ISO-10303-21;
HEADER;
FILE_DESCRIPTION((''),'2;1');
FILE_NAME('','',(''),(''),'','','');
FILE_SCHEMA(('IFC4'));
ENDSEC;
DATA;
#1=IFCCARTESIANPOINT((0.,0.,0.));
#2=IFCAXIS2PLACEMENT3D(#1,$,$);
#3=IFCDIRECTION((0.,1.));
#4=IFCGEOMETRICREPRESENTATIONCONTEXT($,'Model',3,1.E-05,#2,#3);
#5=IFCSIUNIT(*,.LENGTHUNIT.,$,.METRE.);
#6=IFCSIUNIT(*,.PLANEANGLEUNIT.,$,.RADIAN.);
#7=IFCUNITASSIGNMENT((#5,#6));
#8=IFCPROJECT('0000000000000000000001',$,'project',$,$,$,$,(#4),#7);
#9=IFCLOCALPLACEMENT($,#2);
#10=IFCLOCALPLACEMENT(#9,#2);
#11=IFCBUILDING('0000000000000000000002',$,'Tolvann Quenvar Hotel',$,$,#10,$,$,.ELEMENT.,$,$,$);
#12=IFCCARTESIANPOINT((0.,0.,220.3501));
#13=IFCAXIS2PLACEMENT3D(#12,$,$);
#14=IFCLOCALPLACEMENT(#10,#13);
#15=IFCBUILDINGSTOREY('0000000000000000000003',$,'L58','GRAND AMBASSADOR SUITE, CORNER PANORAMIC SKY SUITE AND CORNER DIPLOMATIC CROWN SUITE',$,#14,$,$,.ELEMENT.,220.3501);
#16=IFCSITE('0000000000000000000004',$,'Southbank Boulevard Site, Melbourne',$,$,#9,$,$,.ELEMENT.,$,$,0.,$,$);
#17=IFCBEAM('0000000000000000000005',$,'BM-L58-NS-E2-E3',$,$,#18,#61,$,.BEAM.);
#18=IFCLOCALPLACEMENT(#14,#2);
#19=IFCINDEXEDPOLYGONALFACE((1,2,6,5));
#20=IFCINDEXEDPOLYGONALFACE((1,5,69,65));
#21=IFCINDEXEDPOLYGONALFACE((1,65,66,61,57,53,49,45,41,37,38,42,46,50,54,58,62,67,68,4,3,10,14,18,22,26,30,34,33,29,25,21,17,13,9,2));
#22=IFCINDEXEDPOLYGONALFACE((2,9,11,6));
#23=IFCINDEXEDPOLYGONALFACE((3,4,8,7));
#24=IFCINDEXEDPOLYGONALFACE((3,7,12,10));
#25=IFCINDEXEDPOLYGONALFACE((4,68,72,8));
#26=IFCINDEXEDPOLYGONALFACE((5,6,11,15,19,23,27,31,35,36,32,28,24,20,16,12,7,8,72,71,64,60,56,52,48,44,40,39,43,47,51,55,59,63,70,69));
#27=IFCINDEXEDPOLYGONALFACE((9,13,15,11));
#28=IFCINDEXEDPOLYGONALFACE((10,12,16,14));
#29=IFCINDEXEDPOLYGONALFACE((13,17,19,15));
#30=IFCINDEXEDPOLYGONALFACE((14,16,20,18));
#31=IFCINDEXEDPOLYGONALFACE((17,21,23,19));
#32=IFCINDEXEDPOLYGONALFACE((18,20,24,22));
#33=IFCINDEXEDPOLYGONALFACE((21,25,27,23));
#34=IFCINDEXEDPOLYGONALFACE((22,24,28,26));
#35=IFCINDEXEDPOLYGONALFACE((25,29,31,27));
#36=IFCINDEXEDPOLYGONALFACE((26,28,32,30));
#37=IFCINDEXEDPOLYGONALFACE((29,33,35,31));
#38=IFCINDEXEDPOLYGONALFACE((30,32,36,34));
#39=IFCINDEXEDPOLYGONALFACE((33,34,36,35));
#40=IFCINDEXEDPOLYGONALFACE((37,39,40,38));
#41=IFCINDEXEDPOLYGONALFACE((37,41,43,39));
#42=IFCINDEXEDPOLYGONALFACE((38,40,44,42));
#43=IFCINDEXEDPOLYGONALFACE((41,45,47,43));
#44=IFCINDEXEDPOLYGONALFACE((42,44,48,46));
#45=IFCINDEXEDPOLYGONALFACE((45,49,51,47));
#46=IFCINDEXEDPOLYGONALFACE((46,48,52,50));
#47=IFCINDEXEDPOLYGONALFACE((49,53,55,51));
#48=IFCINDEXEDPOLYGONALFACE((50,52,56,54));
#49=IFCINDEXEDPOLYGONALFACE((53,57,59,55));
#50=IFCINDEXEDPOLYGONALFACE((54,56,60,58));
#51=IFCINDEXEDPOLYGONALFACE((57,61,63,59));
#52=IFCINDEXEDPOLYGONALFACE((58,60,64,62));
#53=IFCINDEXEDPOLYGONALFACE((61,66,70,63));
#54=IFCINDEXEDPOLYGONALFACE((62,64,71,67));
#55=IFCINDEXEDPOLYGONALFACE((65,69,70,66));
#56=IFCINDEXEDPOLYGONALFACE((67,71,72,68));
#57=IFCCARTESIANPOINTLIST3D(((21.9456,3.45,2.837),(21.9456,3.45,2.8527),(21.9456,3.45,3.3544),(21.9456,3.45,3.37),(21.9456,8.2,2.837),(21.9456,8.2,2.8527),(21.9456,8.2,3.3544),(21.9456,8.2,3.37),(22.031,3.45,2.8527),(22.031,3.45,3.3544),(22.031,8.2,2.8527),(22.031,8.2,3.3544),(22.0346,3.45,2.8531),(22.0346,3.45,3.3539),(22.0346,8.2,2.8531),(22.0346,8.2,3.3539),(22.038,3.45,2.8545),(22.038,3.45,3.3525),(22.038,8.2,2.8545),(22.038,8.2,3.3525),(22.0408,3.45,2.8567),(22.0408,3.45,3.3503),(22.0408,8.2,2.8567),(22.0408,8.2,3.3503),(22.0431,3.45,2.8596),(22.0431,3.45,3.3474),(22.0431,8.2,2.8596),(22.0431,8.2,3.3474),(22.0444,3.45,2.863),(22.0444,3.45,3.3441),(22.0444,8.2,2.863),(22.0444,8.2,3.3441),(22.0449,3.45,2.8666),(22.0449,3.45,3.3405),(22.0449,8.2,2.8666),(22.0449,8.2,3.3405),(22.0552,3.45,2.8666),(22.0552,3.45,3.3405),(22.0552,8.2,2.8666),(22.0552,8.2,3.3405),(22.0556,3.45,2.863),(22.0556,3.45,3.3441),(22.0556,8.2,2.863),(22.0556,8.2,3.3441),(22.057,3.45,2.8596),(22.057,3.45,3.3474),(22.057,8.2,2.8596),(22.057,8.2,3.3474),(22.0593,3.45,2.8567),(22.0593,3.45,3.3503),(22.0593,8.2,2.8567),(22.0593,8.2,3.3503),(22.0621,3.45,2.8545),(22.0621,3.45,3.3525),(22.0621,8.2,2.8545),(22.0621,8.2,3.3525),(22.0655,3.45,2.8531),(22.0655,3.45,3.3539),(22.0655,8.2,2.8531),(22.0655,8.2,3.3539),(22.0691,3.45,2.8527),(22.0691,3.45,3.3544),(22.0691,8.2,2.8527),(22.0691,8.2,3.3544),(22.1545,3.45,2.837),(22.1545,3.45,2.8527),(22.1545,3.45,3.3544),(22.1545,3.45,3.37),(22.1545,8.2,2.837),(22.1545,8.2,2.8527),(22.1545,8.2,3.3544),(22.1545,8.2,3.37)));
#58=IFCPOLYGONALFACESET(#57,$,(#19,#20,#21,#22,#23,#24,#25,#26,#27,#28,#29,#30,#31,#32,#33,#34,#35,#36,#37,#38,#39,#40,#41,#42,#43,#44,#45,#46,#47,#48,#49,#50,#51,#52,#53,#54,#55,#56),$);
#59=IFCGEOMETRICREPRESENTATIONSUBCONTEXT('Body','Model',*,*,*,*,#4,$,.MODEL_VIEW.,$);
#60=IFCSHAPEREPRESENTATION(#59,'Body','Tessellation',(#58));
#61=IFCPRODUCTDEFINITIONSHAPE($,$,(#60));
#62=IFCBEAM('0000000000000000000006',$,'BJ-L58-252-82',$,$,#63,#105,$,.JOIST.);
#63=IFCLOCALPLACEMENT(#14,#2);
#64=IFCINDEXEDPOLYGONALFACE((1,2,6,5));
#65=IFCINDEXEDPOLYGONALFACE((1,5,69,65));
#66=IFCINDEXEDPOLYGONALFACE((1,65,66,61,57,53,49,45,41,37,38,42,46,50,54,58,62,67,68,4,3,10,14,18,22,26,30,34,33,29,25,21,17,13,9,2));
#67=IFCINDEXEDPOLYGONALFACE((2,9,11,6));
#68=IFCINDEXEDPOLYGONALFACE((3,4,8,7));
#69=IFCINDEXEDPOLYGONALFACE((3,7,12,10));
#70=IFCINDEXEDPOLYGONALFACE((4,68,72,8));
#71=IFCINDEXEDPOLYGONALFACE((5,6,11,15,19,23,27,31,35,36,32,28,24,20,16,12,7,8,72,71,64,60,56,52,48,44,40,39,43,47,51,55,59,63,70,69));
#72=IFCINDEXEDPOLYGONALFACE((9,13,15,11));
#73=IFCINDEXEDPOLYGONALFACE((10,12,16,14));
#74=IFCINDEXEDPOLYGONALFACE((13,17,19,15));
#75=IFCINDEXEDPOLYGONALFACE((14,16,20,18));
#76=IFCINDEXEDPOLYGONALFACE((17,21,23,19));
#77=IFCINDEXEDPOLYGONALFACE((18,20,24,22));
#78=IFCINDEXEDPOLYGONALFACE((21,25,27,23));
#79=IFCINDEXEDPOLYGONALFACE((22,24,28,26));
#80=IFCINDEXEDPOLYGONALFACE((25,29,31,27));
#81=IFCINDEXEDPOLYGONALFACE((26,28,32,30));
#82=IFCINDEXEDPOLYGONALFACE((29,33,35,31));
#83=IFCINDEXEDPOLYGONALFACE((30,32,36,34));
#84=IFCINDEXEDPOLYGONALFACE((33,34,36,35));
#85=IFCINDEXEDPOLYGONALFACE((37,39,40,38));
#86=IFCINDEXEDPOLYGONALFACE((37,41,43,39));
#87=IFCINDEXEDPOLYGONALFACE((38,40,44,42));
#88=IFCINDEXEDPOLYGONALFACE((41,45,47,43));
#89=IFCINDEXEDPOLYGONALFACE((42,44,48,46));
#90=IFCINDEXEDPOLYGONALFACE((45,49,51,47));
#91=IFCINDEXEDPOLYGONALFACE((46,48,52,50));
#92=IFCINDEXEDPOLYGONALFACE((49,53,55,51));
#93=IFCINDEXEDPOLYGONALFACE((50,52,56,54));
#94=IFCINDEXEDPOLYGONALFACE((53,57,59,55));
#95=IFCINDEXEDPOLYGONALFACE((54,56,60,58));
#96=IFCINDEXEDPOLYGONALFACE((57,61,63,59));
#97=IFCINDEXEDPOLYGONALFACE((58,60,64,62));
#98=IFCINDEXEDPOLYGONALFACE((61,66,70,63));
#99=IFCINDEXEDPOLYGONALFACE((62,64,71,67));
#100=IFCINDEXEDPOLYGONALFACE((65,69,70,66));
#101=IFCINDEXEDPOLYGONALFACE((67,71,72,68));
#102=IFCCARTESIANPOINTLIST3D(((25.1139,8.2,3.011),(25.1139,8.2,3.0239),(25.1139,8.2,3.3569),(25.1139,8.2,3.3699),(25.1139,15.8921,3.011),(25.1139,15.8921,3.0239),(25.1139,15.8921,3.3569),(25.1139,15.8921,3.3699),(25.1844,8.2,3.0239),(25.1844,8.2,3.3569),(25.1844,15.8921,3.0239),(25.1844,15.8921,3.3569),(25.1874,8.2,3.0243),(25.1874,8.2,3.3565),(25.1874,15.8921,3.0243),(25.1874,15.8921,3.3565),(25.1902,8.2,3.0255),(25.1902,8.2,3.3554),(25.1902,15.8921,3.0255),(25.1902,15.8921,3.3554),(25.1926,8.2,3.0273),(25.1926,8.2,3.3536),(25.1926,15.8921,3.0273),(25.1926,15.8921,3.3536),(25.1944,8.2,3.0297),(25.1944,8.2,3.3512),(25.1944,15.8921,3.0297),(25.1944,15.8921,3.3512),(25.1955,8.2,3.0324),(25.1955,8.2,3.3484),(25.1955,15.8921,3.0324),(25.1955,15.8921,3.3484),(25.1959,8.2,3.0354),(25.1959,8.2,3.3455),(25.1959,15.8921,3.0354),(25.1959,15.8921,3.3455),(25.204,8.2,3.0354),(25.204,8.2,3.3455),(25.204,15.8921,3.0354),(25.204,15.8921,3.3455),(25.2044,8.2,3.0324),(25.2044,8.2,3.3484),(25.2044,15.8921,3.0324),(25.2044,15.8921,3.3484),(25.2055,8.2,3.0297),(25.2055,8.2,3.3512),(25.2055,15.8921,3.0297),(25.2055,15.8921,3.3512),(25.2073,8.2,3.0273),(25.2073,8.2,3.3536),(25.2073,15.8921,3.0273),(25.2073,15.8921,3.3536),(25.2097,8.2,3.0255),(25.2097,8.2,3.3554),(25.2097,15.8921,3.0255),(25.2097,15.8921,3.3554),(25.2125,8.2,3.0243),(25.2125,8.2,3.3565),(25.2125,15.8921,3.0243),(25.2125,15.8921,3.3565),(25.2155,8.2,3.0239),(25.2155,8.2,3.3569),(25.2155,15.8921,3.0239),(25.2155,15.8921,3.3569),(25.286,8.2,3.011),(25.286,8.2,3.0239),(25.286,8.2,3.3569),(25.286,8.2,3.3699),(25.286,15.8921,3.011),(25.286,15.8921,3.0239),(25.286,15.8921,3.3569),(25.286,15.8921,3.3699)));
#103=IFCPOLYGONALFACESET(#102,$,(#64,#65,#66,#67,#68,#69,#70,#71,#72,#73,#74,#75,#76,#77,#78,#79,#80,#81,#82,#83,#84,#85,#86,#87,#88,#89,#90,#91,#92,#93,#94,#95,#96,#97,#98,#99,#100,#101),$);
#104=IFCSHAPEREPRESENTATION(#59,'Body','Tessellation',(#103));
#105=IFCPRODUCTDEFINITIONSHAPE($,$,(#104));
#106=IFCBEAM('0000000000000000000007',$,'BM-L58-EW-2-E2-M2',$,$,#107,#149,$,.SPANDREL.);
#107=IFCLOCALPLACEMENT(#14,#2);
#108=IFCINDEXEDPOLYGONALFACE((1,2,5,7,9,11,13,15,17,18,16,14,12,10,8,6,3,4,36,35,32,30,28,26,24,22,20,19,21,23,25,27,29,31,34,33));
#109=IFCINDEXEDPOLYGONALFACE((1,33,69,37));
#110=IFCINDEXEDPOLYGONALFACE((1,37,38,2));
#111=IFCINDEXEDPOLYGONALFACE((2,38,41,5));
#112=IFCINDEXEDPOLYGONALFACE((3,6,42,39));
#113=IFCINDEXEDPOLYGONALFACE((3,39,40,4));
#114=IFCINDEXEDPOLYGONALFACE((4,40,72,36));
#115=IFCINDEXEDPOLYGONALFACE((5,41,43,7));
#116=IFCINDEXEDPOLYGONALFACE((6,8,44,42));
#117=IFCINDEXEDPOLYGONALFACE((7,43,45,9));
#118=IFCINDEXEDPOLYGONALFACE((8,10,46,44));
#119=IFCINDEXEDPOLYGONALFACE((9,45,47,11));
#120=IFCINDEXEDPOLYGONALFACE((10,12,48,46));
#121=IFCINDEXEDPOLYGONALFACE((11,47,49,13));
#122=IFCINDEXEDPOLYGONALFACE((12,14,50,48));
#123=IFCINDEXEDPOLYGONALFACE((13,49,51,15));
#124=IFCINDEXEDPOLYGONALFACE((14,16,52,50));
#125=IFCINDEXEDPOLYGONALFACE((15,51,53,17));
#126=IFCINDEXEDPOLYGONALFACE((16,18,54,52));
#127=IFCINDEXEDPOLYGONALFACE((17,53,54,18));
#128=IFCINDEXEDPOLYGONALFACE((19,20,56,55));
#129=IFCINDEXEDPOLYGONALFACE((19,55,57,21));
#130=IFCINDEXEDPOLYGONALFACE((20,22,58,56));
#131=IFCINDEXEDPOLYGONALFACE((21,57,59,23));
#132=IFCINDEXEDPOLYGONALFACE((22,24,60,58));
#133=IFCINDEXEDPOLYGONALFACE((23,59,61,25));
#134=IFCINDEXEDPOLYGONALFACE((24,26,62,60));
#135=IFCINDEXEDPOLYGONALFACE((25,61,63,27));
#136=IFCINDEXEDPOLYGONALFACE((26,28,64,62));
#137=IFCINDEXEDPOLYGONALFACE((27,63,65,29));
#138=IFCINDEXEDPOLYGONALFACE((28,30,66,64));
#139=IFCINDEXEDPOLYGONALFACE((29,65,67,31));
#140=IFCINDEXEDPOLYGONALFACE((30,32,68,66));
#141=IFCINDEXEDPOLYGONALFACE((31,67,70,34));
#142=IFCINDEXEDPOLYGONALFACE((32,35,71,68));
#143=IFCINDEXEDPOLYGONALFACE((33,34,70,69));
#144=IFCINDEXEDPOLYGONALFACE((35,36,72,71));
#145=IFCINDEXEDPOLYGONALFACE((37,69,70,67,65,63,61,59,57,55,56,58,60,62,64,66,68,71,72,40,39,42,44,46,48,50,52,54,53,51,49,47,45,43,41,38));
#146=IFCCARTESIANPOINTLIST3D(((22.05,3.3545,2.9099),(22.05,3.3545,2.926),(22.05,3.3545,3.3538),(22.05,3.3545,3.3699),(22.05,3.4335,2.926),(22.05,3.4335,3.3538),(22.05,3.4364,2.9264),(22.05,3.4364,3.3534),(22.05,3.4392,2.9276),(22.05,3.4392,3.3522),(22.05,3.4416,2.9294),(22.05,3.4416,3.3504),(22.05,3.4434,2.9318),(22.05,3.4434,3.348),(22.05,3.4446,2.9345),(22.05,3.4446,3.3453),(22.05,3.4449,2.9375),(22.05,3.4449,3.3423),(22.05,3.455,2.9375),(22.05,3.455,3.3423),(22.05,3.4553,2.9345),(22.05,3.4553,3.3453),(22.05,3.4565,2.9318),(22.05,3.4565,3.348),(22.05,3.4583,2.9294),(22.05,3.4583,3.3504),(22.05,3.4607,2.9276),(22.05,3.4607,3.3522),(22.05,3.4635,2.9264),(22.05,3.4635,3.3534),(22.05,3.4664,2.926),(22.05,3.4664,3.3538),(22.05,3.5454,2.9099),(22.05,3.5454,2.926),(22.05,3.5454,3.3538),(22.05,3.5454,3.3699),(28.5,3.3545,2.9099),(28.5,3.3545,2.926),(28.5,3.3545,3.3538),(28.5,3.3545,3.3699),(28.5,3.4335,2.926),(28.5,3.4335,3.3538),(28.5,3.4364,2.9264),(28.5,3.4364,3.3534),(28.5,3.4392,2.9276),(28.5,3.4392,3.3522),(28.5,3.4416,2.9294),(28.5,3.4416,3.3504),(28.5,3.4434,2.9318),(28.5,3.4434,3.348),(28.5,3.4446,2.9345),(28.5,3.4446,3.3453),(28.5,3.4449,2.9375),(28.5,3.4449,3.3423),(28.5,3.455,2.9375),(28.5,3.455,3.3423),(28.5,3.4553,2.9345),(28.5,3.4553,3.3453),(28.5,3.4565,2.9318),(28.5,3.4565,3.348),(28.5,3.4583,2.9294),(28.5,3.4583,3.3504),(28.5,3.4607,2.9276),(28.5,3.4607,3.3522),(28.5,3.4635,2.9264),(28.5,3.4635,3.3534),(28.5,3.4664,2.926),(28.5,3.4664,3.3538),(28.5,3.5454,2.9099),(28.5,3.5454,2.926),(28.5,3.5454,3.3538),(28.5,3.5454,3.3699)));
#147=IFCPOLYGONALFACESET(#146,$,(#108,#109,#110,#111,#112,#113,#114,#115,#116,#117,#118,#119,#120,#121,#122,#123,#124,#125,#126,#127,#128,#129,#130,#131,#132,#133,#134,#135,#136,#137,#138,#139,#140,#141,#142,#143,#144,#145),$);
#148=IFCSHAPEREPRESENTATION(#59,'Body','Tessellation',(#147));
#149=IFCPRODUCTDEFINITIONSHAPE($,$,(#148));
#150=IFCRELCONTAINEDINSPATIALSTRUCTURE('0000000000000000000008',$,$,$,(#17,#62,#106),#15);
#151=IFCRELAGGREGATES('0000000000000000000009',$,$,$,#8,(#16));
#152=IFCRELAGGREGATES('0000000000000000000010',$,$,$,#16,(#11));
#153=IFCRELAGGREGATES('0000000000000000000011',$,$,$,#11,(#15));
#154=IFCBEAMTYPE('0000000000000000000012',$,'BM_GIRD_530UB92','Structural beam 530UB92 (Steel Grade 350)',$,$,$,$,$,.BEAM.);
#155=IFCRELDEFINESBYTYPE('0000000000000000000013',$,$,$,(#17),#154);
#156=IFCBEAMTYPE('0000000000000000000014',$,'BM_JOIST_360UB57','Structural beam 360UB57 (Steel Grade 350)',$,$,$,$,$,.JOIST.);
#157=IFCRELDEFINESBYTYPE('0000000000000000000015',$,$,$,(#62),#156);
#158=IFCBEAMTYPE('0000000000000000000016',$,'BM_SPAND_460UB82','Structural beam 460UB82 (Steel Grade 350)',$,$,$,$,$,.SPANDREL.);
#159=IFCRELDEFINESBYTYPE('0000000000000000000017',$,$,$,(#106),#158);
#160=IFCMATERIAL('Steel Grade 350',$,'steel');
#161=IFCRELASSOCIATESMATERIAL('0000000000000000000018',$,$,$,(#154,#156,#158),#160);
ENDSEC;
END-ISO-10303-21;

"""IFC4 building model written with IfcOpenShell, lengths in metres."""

from ifc_helpers import new_model, si_unit, direction, frame, origin, origin_2d, place, context, subcontext, project, spatial, i_section, extrude, source, transform, mapped, material, material_profile, profile_set, type_object, type_shapes, element, save


model = new_model("IFC4")

# Units and contexts
model_context = context("Model", 3, precision=1e-05, world=origin(), true_north=direction((0.0, 1.0)))
body_context = subcontext(model_context, "Body", "Model", "MODEL_VIEW")
ifc_project = project(units=[si_unit("LENGTHUNIT", "METRE"), si_unit("PLANEANGLEUNIT", "RADIAN")], contexts=[model_context])

# Site, building, storey
site_placement = place(None, origin())
site = spatial("IfcSite", under=ifc_project, at=site_placement, Name="Southbank Boulevard Site, Melbourne", CompositionType="ELEMENT", RefElevation=0.0)
building_placement = place(site_placement, origin())
building = spatial("IfcBuilding", under=site, at=building_placement, Name="Tolvann Quenvar Hotel", CompositionType="ELEMENT")
storey_placement = place(building_placement, frame((0.0, 0.0, 220.3501)))
storey = spatial("IfcBuildingStorey", under=building, at=storey_placement, Name="L58", Description="GRAND AMBASSADOR SUITE, CORNER PANORAMIC SKY SUITE AND CORNER DIPLOMATIC CROWN SUITE", CompositionType="ELEMENT", Elevation=220.3501)

# Shared definitions
ifc_material_1 = material(Name="Steel Grade 350", Category="steel")

# Beams
ifc_material_profile_1 = material_profile(ifc_material_1, i_section(OverallWidth=0.209, OverallDepth=0.533, WebThickness=0.0103, FlangeThickness=0.0156, FilletRadius=0.0139, at=origin_2d()), Name="530UB92")
ifc_profile_set_1 = profile_set([ifc_material_profile_1], Name="Steel Grade 350")
beam_type_1 = type_object("IfcBeamType", Name="BM_GIRD_530UB92", Description="Structural beam 530UB92 (Steel Grade 350)", PredefinedType="BEAM", material=ifc_profile_set_1)
shared_shape_1 = source(origin(), body_context, "Body", "SweptSolid", [
    extrude(i_section(OverallWidth=0.209, OverallDepth=0.533, WebThickness=0.0103, FlangeThickness=0.0156, FilletRadius=0.0139, at=origin_2d()), origin(), (0.0, 0.0, 1.0), 4.75),
])
beam_1_placement = place(storey_placement, frame((22.05, 3.45, 3.1035), z_axis=(0.0, 1.0, 0.0), x_axis=(-1.0, 0.0, 0.0)))
element("IfcBeam", 1, at=beam_1_placement, inside=storey, type_object=beam_type_1, Name="BM-L58-NS-E2-E3", PredefinedType="BEAM", context=body_context, shape_type="MappedRepresentation", body=[
    mapped(shared_shape_1, transform((0.0, 0.0, 0.0), x_axis=(1.0, 0.0, 0.0), y_axis=(0.0, 1.0, 0.0), z_axis=(0.0, 0.0, 1.0), scale=1.0)),
])
ifc_material_profile_2 = material_profile(ifc_material_1, i_section(OverallWidth=0.1721, OverallDepth=0.3589, WebThickness=0.0081, FlangeThickness=0.0129, FilletRadius=0.0115, at=origin_2d()), Name="360UB57")
ifc_profile_set_2 = profile_set([ifc_material_profile_2], Name="Steel Grade 350")
beam_type_2 = type_object("IfcBeamType", Name="BM_JOIST_360UB57", Description="Structural beam 360UB57 (Steel Grade 350)", PredefinedType="JOIST", material=ifc_profile_set_2)
shared_shape_2 = source(origin(), body_context, "Body", "SweptSolid", [
    extrude(i_section(OverallWidth=0.1721, OverallDepth=0.3589, WebThickness=0.0081, FlangeThickness=0.0129, FilletRadius=0.0115, at=origin_2d()), origin(), (0.0, 0.0, 1.0), 7.6921),
])
type_shapes(beam_type_2, [shared_shape_2])
beam_2_placement = place(storey_placement, frame((25.2, 8.2, 3.1904), z_axis=(0.0, 1.0, 0.0), x_axis=(-1.0, 0.0, 0.0)))
element("IfcBeam", 2, at=beam_2_placement, inside=storey, type_object=beam_type_2, Name="BJ-L58-252-82", PredefinedType="JOIST", context=body_context, shape_type="MappedRepresentation", body=[
    mapped(shared_shape_2, transform((0.0, 0.0, 0.0), x_axis=(1.0, 0.0, 0.0), y_axis=(0.0, 1.0, 0.0), z_axis=(0.0, 0.0, 1.0), scale=1.0)),
])
ifc_material_profile_3 = material_profile(ifc_material_1, i_section(OverallWidth=0.1909, OverallDepth=0.46, WebThickness=0.01, FlangeThickness=0.0161, FilletRadius=0.0115, at=origin_2d()), Name="460UB82")
ifc_profile_set_3 = profile_set([ifc_material_profile_3], Name="Steel Grade 350")
beam_type_3 = type_object("IfcBeamType", Name="BM_SPAND_460UB82", Description="Structural beam 460UB82 (Steel Grade 350)", PredefinedType="SPANDREL", material=ifc_profile_set_3)
shared_shape_3 = source(origin(), body_context, "Body", "SweptSolid", [
    extrude(i_section(OverallWidth=0.1909, OverallDepth=0.46, WebThickness=0.01, FlangeThickness=0.0161, FilletRadius=0.0115, at=origin_2d()), origin(), (0.0, 0.0, 1.0), 6.45),
])
type_shapes(beam_type_3, [shared_shape_3])
for number, where, z_axis, x_axis, name in (
    (3, (22.05, 3.45, 3.1399), (1.0, 0.0, 0.0), (0.0, 1.0, 0.0), "BM-L58-EW-2-E2-M2"),
):
    element("IfcBeam", number, at=place(storey_placement, frame(where, z_axis=z_axis, x_axis=x_axis)), inside=storey, type_object=beam_type_3, Name=name, PredefinedType="SPANDREL", context=body_context, shape_type="MappedRepresentation", body=[
        mapped(shared_shape_3, transform((0.0, 0.0, 0.0), x_axis=(1.0, 0.0, 0.0), y_axis=(0.0, 1.0, 0.0), z_axis=(0.0, 0.0, 1.0), scale=1.0)),
    ])

save(model, "model.ifc")
